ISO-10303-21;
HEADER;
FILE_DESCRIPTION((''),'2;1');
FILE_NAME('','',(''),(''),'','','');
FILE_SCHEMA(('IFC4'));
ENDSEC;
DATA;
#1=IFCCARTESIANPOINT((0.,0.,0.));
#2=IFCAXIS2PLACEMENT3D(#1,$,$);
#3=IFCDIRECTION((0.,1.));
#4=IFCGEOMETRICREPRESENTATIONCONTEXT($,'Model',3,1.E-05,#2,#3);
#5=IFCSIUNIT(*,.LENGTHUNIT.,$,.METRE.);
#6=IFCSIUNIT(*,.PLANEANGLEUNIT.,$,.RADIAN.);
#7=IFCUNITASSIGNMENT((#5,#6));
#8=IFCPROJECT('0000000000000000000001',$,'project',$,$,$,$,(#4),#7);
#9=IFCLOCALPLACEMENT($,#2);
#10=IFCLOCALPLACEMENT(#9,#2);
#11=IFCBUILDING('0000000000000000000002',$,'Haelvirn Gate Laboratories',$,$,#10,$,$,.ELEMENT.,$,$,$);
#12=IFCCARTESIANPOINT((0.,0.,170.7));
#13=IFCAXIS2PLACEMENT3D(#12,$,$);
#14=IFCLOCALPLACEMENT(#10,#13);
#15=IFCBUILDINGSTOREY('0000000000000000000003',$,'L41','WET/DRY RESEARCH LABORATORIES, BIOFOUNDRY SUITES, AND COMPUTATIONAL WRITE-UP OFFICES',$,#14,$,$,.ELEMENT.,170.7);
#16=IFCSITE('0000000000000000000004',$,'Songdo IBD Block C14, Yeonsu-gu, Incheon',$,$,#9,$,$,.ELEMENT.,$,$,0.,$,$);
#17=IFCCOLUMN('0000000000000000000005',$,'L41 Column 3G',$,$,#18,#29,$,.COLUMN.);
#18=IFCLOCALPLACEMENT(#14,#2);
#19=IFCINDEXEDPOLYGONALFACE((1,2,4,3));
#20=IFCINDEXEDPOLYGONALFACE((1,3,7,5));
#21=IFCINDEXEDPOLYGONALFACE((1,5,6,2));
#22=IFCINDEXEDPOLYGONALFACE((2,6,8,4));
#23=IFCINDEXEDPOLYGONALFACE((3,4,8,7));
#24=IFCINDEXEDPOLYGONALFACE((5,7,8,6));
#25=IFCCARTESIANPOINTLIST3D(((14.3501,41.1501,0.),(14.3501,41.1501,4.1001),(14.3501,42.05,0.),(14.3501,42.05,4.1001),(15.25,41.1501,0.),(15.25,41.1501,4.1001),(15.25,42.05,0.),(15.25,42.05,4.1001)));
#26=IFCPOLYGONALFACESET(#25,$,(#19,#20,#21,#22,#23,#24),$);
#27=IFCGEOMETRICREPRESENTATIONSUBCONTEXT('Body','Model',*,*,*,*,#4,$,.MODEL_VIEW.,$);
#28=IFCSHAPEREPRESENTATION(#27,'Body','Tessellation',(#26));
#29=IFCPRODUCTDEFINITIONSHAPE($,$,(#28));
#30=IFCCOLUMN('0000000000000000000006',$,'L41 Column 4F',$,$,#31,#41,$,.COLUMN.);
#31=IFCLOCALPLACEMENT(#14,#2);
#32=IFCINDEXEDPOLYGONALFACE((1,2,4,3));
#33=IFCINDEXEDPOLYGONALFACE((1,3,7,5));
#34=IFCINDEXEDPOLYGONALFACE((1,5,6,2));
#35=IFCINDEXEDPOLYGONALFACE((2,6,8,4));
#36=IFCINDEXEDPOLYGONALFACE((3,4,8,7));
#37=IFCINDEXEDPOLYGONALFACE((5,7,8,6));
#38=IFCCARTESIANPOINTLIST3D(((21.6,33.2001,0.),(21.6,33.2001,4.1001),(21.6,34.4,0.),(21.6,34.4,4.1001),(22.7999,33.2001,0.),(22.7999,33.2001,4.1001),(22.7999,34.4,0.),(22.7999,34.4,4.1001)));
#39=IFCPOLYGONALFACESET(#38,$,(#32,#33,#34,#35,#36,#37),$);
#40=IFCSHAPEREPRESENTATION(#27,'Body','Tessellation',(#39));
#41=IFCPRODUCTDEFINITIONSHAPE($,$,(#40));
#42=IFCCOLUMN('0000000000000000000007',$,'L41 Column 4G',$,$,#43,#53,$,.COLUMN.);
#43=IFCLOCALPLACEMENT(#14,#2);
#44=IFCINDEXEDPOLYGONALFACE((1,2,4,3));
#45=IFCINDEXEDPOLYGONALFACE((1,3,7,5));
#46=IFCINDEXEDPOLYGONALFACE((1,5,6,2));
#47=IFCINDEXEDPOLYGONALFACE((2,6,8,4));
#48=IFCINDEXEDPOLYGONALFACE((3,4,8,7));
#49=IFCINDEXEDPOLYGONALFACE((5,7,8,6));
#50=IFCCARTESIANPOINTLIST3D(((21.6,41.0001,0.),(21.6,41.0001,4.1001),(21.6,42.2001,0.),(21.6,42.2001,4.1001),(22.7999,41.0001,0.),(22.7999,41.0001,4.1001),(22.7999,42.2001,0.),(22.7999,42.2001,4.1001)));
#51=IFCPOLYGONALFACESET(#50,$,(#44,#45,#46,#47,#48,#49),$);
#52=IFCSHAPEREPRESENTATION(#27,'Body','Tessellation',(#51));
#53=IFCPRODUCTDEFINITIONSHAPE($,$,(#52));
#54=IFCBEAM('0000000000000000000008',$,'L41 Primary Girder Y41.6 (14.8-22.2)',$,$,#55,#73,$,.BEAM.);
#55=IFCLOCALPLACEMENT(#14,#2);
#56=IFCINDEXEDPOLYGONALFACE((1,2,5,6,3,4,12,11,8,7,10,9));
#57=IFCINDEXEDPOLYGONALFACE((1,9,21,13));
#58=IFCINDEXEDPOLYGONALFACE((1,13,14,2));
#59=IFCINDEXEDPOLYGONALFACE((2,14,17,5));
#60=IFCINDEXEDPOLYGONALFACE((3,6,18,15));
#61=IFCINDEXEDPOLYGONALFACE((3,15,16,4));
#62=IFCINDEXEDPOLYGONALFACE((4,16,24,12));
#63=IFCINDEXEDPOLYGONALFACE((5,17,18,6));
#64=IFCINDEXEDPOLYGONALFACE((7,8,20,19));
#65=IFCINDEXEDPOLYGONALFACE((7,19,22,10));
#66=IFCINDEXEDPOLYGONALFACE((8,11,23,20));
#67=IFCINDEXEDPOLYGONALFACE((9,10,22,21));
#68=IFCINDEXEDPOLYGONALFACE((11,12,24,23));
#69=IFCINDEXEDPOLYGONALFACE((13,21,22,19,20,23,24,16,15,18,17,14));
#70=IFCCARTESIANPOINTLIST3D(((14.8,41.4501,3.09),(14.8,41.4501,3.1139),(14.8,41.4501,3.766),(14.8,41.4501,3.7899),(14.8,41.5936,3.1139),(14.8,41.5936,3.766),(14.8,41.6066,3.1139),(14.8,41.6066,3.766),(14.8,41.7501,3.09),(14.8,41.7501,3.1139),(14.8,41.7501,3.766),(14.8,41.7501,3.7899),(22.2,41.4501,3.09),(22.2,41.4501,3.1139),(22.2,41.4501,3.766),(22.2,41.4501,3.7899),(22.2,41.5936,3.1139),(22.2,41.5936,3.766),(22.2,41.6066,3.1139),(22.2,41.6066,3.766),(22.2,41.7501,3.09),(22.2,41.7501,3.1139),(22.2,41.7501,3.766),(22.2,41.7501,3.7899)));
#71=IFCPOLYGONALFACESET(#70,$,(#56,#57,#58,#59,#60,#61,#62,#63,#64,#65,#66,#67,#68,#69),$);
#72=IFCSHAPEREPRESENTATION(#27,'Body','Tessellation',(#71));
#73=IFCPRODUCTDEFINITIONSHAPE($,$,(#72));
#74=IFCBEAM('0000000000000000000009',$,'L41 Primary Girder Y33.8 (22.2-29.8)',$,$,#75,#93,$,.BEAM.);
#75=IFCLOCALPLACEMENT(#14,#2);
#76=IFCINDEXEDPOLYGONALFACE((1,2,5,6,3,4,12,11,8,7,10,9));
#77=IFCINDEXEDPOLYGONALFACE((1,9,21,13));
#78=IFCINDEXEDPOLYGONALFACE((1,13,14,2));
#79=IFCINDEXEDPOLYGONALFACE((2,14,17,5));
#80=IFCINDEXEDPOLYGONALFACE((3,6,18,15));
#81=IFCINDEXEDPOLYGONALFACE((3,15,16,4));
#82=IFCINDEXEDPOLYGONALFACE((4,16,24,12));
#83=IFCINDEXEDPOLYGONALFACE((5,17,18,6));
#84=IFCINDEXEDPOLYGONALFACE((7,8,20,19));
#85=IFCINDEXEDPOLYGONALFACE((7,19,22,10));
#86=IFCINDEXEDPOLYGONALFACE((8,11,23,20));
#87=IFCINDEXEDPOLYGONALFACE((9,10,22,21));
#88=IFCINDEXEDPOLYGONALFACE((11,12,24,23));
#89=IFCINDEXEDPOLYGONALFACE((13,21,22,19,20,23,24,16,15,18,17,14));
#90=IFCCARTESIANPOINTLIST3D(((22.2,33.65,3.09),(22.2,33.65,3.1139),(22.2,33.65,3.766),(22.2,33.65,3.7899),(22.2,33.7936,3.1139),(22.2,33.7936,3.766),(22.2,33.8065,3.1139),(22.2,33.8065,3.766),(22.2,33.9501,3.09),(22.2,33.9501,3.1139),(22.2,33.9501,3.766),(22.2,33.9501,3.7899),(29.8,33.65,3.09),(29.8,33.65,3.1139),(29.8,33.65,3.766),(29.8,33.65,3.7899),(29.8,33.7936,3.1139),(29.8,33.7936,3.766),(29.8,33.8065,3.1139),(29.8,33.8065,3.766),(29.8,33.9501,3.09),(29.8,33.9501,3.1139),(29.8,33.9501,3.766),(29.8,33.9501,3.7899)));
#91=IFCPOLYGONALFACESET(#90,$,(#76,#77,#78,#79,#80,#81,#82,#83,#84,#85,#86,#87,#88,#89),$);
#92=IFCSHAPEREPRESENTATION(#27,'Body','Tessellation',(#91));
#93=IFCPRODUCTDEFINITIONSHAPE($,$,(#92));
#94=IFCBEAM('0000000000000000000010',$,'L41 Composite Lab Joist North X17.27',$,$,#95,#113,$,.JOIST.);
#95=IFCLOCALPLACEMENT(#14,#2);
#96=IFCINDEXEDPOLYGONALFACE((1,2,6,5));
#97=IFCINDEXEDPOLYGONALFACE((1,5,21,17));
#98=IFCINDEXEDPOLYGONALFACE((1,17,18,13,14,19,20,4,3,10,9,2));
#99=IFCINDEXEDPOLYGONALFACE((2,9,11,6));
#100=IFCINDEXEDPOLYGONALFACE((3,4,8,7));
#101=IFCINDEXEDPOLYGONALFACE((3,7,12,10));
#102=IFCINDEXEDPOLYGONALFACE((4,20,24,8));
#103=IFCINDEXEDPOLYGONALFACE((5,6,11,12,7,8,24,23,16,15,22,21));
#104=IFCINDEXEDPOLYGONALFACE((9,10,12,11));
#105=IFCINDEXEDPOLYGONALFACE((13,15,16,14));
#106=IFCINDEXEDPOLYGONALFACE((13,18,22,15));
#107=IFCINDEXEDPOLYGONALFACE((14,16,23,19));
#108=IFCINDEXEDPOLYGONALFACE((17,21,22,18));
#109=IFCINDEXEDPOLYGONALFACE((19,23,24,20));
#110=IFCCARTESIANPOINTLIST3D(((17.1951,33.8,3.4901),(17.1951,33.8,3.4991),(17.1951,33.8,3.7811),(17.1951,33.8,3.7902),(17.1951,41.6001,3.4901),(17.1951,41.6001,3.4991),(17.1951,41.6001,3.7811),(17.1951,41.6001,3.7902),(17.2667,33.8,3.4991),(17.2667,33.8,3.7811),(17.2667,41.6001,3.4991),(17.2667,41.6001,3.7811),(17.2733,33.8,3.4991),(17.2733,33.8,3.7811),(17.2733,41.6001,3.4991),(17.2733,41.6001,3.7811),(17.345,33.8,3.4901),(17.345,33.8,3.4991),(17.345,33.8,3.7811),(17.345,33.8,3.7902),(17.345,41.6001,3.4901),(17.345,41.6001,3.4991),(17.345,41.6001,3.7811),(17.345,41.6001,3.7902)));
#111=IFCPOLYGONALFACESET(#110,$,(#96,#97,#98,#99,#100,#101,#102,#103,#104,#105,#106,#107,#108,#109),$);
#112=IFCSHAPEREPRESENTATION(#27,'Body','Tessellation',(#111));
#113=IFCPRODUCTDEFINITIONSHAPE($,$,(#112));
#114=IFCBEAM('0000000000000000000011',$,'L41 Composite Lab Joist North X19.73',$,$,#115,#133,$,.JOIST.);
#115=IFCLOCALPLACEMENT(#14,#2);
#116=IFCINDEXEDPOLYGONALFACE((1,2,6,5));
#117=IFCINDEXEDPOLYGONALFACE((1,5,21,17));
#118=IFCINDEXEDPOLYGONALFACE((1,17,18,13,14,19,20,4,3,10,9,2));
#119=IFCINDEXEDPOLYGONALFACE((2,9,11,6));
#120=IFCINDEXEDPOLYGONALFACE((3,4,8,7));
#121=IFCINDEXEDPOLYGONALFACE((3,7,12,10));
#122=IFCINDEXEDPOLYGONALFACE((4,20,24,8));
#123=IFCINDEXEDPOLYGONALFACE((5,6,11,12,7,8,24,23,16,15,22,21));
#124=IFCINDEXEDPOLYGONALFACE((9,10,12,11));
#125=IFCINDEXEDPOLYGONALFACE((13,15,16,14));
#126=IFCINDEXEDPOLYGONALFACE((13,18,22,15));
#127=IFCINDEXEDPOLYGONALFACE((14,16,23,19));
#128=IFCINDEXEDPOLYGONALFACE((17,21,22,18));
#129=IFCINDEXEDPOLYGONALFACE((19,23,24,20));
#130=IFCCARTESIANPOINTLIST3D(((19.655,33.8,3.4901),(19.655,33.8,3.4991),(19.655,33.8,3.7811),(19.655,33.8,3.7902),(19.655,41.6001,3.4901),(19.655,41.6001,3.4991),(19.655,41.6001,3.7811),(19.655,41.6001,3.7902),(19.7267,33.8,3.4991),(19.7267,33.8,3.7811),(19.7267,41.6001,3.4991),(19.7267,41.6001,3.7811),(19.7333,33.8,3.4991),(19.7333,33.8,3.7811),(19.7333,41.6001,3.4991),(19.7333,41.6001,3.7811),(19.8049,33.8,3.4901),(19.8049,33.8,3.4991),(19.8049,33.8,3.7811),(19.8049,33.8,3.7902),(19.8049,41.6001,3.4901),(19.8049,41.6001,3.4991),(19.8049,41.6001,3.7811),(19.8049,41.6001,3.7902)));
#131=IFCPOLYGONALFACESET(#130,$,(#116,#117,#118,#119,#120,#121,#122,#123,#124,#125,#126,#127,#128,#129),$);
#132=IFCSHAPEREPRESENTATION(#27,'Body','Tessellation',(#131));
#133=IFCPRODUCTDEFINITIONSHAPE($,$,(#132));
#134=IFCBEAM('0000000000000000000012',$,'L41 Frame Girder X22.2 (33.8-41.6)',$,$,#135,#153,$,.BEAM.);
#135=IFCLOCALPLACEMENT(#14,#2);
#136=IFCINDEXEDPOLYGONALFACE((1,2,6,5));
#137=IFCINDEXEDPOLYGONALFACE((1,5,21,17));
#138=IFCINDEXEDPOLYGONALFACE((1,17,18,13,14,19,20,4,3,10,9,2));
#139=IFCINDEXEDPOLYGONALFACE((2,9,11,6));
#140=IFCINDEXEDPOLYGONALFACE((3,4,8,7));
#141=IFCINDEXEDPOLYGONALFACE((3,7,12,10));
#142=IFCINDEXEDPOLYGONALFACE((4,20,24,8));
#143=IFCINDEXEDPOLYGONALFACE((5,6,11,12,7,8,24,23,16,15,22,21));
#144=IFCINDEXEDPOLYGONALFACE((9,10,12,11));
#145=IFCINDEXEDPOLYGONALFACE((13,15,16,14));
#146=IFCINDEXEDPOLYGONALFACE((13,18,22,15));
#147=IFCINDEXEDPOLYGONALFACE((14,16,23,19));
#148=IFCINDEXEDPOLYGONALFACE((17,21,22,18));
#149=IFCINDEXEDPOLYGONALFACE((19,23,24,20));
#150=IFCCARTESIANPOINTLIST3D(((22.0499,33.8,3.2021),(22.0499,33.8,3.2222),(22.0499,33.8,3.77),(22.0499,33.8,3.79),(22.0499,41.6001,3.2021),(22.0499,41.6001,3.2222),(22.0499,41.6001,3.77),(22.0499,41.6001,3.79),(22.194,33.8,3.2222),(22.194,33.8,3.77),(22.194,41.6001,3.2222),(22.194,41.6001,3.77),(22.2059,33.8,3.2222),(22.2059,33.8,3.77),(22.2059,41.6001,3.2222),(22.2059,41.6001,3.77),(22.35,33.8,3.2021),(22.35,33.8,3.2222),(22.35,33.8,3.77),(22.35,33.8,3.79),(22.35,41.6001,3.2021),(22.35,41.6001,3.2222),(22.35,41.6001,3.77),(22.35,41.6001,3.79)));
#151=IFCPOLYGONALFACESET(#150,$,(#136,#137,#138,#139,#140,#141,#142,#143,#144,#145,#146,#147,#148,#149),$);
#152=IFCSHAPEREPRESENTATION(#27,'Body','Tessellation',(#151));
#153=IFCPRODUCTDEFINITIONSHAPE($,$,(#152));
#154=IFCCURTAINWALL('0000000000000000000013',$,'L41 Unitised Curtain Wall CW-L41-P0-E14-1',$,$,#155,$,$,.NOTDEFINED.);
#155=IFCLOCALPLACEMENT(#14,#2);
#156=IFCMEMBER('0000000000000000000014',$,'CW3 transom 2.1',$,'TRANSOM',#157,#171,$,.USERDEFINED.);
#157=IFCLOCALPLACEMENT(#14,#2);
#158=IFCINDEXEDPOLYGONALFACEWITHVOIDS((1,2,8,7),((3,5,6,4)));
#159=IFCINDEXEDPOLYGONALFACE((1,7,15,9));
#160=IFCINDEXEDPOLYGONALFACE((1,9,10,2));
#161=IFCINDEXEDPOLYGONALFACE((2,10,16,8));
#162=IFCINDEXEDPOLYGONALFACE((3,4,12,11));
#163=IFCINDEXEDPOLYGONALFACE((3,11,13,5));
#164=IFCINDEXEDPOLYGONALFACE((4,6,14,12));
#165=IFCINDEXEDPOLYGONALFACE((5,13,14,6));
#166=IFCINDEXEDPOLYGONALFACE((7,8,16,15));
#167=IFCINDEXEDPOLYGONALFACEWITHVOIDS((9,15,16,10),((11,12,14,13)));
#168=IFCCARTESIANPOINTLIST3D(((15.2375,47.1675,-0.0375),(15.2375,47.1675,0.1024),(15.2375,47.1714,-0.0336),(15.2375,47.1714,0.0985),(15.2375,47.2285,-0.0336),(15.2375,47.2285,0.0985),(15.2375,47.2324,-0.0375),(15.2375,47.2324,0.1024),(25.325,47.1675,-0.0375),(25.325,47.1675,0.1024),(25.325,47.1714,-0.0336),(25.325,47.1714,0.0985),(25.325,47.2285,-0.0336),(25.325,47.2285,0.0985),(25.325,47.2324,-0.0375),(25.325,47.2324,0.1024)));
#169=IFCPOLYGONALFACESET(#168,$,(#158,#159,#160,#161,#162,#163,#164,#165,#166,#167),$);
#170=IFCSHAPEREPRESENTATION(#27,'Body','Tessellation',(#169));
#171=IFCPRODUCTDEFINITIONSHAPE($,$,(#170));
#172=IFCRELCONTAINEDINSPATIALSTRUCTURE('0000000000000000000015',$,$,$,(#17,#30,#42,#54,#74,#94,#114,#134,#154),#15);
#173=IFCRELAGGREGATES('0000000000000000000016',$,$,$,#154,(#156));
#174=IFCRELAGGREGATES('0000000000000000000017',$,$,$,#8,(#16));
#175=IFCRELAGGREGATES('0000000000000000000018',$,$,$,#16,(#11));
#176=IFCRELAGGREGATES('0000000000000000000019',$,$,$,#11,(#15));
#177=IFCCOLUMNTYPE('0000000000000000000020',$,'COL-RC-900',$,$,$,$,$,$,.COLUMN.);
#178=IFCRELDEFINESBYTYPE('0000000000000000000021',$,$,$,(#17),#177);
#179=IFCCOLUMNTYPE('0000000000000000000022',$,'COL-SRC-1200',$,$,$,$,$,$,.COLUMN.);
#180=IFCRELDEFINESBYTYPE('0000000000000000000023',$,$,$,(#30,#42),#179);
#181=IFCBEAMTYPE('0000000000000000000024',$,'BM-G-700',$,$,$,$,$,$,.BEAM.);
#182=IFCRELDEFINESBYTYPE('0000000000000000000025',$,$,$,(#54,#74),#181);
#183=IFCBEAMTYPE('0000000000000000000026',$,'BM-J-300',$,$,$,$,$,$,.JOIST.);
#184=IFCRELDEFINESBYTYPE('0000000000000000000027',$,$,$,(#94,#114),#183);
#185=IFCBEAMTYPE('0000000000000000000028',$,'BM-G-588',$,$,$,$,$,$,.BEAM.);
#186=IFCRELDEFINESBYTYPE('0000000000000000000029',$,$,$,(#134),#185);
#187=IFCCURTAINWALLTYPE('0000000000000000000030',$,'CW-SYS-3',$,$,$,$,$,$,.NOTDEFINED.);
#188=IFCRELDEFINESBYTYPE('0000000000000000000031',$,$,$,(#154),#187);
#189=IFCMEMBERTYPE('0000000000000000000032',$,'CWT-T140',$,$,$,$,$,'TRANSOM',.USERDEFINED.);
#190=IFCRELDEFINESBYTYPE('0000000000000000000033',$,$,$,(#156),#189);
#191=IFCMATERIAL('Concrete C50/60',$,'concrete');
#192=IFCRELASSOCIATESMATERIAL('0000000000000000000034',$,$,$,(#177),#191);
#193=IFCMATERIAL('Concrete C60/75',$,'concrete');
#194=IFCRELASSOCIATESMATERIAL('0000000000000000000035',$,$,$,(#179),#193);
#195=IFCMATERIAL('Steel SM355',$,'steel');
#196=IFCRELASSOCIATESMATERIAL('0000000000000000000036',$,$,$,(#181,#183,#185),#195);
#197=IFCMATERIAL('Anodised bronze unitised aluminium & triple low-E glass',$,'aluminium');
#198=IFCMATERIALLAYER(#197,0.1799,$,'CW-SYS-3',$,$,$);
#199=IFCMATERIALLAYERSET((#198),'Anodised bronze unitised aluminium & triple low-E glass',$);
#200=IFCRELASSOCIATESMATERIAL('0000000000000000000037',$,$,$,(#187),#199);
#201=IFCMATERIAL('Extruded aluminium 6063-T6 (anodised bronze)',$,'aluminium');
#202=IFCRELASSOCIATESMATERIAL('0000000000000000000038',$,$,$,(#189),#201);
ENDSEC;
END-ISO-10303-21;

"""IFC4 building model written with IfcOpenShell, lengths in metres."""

from ifc_helpers import new_model, si_unit, direction, frame, origin, origin_2d, place, context, subcontext, project, spatial, rectangle, hollow_rectangle, i_section, extrude, source, transform, mapped, material, layer, layer_set, material_profile, profile_set, type_object, type_shapes, element, aggregate, save


model = new_model("IFC4")

# Units and contexts
model_context = context("Model", 3, precision=1e-05, world=origin(), true_north=direction((0.0, 1.0)))
body_context = subcontext(model_context, "Body", "Model", "MODEL_VIEW")
ifc_project = project(units=[si_unit("LENGTHUNIT", "METRE"), si_unit("PLANEANGLEUNIT", "RADIAN")], contexts=[model_context])

# Site, building, storey
site_placement = place(None, origin())
site = spatial("IfcSite", under=ifc_project, at=site_placement, Name="Songdo IBD Block C14, Yeonsu-gu, Incheon", CompositionType="ELEMENT", RefElevation=0.0)
building_placement = place(site_placement, origin())
building = spatial("IfcBuilding", under=site, at=building_placement, Name="Haelvirn Gate Laboratories", CompositionType="ELEMENT")
storey_placement = place(building_placement, frame((0.0, 0.0, 170.7)))
storey = spatial("IfcBuildingStorey", under=building, at=storey_placement, Name="L41", Description="WET/DRY RESEARCH LABORATORIES, BIOFOUNDRY SUITES, AND COMPUTATIONAL WRITE-UP OFFICES", CompositionType="ELEMENT", Elevation=170.7)

# Columns
ifc_material_1 = material(Name="Concrete C50/60", Category="concrete")
ifc_material_profile_1 = material_profile(ifc_material_1, rectangle(XDim=0.8999, YDim=0.8999, at=origin_2d()), Name="RC-900x900")
ifc_profile_set_1 = profile_set([ifc_material_profile_1], Name="Concrete C50/60")
column_type_1 = type_object("IfcColumnType", Name="COL-RC-900", PredefinedType="COLUMN", material=ifc_profile_set_1)
shared_shape_1 = source(origin(), body_context, "Body", "SweptSolid", [
    extrude(rectangle(XDim=0.8999, YDim=0.8999, at=origin_2d()), origin(), (0.0, 0.0, 1.0), 4.1001),
])
type_shapes(column_type_1, [shared_shape_1])
column_placement = place(storey_placement, frame((14.8, 41.6001, 0.0), z_axis=(0.0, 0.0, 1.0), x_axis=(1.0, 0.0, 0.0)))
element("IfcColumn", 1, at=column_placement, inside=storey, type_object=column_type_1, Name="L41 Column 3G", PredefinedType="COLUMN", context=body_context, shape_type="MappedRepresentation", body=[
    mapped(shared_shape_1, transform((0.0, 0.0, 0.0), scale=1.0)),
])
ifc_material_2 = material(Name="Concrete C60/75", Category="concrete")
ifc_material_profile_2 = material_profile(ifc_material_2, rectangle(XDim=1.2, YDim=1.2, at=origin_2d()), Name="SRC-1200x1200")
ifc_profile_set_2 = profile_set([ifc_material_profile_2], Name="Concrete C60/75")
column_type_2 = type_object("IfcColumnType", Name="COL-SRC-1200", PredefinedType="COLUMN", material=ifc_profile_set_2)
shared_shape_2 = source(origin(), body_context, "Body", "SweptSolid", [
    extrude(rectangle(XDim=1.2, YDim=1.2, at=origin_2d()), origin(), (0.0, 0.0, 1.0), 4.1001),
])
type_shapes(column_type_2, [shared_shape_2])
for number, where, z_axis, x_axis, name in (
    (2, (22.2, 33.8, 0.0), (0.0, 0.0, 1.0), (1.0, 0.0, 0.0), "L41 Column 4F"),
    (3, (22.2, 41.6001, 0.0), (0.0, 0.0, 1.0), (1.0, 0.0, 0.0), "L41 Column 4G"),
):
    element("IfcColumn", number, at=place(storey_placement, frame(where, z_axis=z_axis, x_axis=x_axis)), inside=storey, type_object=column_type_2, Name=name, PredefinedType="COLUMN", context=body_context, shape_type="MappedRepresentation", body=[
        mapped(shared_shape_2, transform((0.0, 0.0, 0.0), scale=1.0)),
    ])

# Beams
ifc_material_3 = material(Name="Steel SM355", Category="steel")
ifc_material_profile_3 = material_profile(ifc_material_3, i_section(OverallWidth=0.3, OverallDepth=0.7, WebThickness=0.0129, FlangeThickness=0.0239, at=origin_2d()), Name="H-700x300x13x24")
ifc_profile_set_3 = profile_set([ifc_material_profile_3], Name="Steel SM355")
beam_type_1 = type_object("IfcBeamType", Name="BM-G-700", PredefinedType="BEAM", material=ifc_profile_set_3)
shared_shape_3 = source(origin(), body_context, "Body", "SweptSolid", [
    extrude(i_section(OverallWidth=0.3, OverallDepth=0.7, WebThickness=0.0129, FlangeThickness=0.0239, at=origin_2d()), origin(), (0.0, 0.0, 1.0), 7.3999),
])
beam_1_placement = place(storey_placement, frame((14.8, 41.6001, 3.4399), z_axis=(1.0, 0.0, 0.0), x_axis=(0.0, 1.0, 0.0)))
element("IfcBeam", 4, at=beam_1_placement, inside=storey, type_object=beam_type_1, Name="L41 Primary Girder Y41.6 (14.8-22.2)", PredefinedType="BEAM", context=body_context, shape_type="MappedRepresentation", body=[
    mapped(shared_shape_3, transform((0.0, 0.0, 0.0), scale=1.0)),
])
shared_shape_4 = source(origin(), body_context, "Body", "SweptSolid", [
    extrude(i_section(OverallWidth=0.3, OverallDepth=0.7, WebThickness=0.0129, FlangeThickness=0.0239, at=origin_2d()), origin(), (0.0, 0.0, 1.0), 7.6001),
])
type_shapes(beam_type_1, [shared_shape_3, shared_shape_4])
beam_2_placement = place(storey_placement, frame((22.2, 33.8, 3.4399), z_axis=(1.0, 0.0, 0.0), x_axis=(0.0, 1.0, 0.0)))
element("IfcBeam", 5, at=beam_2_placement, inside=storey, type_object=beam_type_1, Name="L41 Primary Girder Y33.8 (22.2-29.8)", PredefinedType="BEAM", context=body_context, shape_type="MappedRepresentation", body=[
    mapped(shared_shape_4, transform((0.0, 0.0, 0.0), scale=1.0)),
])
ifc_material_profile_4 = material_profile(ifc_material_3, i_section(OverallWidth=0.1499, OverallDepth=0.3, WebThickness=0.0066, FlangeThickness=0.009, at=origin_2d()), Name="H-300x150x6.5x9")
ifc_profile_set_4 = profile_set([ifc_material_profile_4], Name="Steel SM355")
beam_type_2 = type_object("IfcBeamType", Name="BM-J-300", PredefinedType="JOIST", material=ifc_profile_set_4)
shared_shape_5 = source(origin(), body_context, "Body", "SweptSolid", [
    extrude(i_section(OverallWidth=0.1499, OverallDepth=0.3, WebThickness=0.0066, FlangeThickness=0.009, at=origin_2d()), origin(), (0.0, 0.0, 1.0), 7.8),
])
type_shapes(beam_type_2, [shared_shape_5])
for number, where, z_axis, x_axis, name in (
    (6, (17.27, 33.8, 3.6401), (0.0, 1.0, 0.0), (-1.0, 0.0, 0.0), "L41 Composite Lab Joist North X17.27"),
    (7, (19.73, 33.8, 3.6401), (0.0, 1.0, 0.0), (-1.0, 0.0, 0.0), "L41 Composite Lab Joist North X19.73"),
):
    element("IfcBeam", number, at=place(storey_placement, frame(where, z_axis=z_axis, x_axis=x_axis)), inside=storey, type_object=beam_type_2, Name=name, PredefinedType="JOIST", context=body_context, shape_type="MappedRepresentation", body=[
        mapped(shared_shape_5, transform((0.0, 0.0, 0.0), scale=1.0)),
    ])
ifc_material_profile_5 = material_profile(ifc_material_3, i_section(OverallWidth=0.3, OverallDepth=0.5879, WebThickness=0.012, FlangeThickness=0.02, at=origin_2d()), Name="H-588x300x12x20")
ifc_profile_set_5 = profile_set([ifc_material_profile_5], Name="Steel SM355")
beam_type_3 = type_object("IfcBeamType", Name="BM-G-588", PredefinedType="BEAM", material=ifc_profile_set_5)
shared_shape_6 = source(origin(), body_context, "Body", "SweptSolid", [
    extrude(i_section(OverallWidth=0.3, OverallDepth=0.5879, WebThickness=0.012, FlangeThickness=0.02, at=origin_2d()), origin(), (0.0, 0.0, 1.0), 7.8),
])
type_shapes(beam_type_3, [shared_shape_6])
beam_3_placement = place(storey_placement, frame((22.2, 33.8, 3.4961), z_axis=(0.0, 1.0, 0.0), x_axis=(-1.0, 0.0, 0.0)))
element("IfcBeam", 8, at=beam_3_placement, inside=storey, type_object=beam_type_3, Name="L41 Frame Girder X22.2 (33.8-41.6)", PredefinedType="BEAM", context=body_context, shape_type="MappedRepresentation", body=[
    mapped(shared_shape_6, transform((0.0, 0.0, 0.0), scale=1.0)),
])

# Curtain wall, member
ifc_material_4 = material(Name="Anodised bronze unitised aluminium & triple low-E glass", Category="aluminium")
ifc_layer_1 = layer(ifc_material_4, 0.1799, Name="CW-SYS-3")
ifc_layer_set_1 = layer_set([ifc_layer_1], Name="Anodised bronze unitised aluminium & triple low-E glass")
curtain_wall_type = type_object("IfcCurtainWallType", Name="CW-SYS-3", PredefinedType="NOTDEFINED", material=ifc_layer_set_1)
curtain_wall_placement = place(storey_placement, origin())
curtain_wall = element("IfcCurtainWall", 9, at=curtain_wall_placement, inside=storey, type_object=curtain_wall_type, Name="L41 Unitised Curtain Wall CW-L41-P0-E14-1", PredefinedType="NOTDEFINED")
ifc_material_5 = material(Name="Extruded aluminium 6063-T6 (anodised bronze)", Category="aluminium")
ifc_material_profile_6 = material_profile(ifc_material_5, hollow_rectangle(XDim=0.0649, YDim=0.1399, WallThickness=0.0039, at=origin_2d()), Name="CWT-140x65x4")
ifc_profile_set_6 = profile_set([ifc_material_profile_6], Name="Extruded aluminium 6063-T6 (anodised bronze)")
member_type_1 = type_object("IfcMemberType", Name="CWT-T140", ElementType="TRANSOM", PredefinedType="USERDEFINED", material=ifc_profile_set_6)
shared_shape_7 = source(origin(), body_context, "Body", "SweptSolid", [
    extrude(hollow_rectangle(XDim=0.0649, YDim=0.1399, WallThickness=0.0039, at=origin_2d()), origin(), (0.0, 0.0, 1.0), 10.0874),
])
type_shapes(member_type_1, [shared_shape_7])
member_1_placement = place(storey_placement, frame((15.2375, 47.2, 0.0325), z_axis=(1.0, 0.0, 0.0), x_axis=(0.0, 1.0, 0.0)))
member_1 = element("IfcMember", 10, at=member_1_placement, type_object=member_type_1, Name="CW3 transom 2.1", ObjectType="TRANSOM", PredefinedType="USERDEFINED", context=body_context, shape_type="MappedRepresentation", body=[
    mapped(shared_shape_7, transform((0.0, 0.0, 0.0), scale=1.0)),
])
aggregate(curtain_wall, [member_1])

save(model, "model.ifc")
